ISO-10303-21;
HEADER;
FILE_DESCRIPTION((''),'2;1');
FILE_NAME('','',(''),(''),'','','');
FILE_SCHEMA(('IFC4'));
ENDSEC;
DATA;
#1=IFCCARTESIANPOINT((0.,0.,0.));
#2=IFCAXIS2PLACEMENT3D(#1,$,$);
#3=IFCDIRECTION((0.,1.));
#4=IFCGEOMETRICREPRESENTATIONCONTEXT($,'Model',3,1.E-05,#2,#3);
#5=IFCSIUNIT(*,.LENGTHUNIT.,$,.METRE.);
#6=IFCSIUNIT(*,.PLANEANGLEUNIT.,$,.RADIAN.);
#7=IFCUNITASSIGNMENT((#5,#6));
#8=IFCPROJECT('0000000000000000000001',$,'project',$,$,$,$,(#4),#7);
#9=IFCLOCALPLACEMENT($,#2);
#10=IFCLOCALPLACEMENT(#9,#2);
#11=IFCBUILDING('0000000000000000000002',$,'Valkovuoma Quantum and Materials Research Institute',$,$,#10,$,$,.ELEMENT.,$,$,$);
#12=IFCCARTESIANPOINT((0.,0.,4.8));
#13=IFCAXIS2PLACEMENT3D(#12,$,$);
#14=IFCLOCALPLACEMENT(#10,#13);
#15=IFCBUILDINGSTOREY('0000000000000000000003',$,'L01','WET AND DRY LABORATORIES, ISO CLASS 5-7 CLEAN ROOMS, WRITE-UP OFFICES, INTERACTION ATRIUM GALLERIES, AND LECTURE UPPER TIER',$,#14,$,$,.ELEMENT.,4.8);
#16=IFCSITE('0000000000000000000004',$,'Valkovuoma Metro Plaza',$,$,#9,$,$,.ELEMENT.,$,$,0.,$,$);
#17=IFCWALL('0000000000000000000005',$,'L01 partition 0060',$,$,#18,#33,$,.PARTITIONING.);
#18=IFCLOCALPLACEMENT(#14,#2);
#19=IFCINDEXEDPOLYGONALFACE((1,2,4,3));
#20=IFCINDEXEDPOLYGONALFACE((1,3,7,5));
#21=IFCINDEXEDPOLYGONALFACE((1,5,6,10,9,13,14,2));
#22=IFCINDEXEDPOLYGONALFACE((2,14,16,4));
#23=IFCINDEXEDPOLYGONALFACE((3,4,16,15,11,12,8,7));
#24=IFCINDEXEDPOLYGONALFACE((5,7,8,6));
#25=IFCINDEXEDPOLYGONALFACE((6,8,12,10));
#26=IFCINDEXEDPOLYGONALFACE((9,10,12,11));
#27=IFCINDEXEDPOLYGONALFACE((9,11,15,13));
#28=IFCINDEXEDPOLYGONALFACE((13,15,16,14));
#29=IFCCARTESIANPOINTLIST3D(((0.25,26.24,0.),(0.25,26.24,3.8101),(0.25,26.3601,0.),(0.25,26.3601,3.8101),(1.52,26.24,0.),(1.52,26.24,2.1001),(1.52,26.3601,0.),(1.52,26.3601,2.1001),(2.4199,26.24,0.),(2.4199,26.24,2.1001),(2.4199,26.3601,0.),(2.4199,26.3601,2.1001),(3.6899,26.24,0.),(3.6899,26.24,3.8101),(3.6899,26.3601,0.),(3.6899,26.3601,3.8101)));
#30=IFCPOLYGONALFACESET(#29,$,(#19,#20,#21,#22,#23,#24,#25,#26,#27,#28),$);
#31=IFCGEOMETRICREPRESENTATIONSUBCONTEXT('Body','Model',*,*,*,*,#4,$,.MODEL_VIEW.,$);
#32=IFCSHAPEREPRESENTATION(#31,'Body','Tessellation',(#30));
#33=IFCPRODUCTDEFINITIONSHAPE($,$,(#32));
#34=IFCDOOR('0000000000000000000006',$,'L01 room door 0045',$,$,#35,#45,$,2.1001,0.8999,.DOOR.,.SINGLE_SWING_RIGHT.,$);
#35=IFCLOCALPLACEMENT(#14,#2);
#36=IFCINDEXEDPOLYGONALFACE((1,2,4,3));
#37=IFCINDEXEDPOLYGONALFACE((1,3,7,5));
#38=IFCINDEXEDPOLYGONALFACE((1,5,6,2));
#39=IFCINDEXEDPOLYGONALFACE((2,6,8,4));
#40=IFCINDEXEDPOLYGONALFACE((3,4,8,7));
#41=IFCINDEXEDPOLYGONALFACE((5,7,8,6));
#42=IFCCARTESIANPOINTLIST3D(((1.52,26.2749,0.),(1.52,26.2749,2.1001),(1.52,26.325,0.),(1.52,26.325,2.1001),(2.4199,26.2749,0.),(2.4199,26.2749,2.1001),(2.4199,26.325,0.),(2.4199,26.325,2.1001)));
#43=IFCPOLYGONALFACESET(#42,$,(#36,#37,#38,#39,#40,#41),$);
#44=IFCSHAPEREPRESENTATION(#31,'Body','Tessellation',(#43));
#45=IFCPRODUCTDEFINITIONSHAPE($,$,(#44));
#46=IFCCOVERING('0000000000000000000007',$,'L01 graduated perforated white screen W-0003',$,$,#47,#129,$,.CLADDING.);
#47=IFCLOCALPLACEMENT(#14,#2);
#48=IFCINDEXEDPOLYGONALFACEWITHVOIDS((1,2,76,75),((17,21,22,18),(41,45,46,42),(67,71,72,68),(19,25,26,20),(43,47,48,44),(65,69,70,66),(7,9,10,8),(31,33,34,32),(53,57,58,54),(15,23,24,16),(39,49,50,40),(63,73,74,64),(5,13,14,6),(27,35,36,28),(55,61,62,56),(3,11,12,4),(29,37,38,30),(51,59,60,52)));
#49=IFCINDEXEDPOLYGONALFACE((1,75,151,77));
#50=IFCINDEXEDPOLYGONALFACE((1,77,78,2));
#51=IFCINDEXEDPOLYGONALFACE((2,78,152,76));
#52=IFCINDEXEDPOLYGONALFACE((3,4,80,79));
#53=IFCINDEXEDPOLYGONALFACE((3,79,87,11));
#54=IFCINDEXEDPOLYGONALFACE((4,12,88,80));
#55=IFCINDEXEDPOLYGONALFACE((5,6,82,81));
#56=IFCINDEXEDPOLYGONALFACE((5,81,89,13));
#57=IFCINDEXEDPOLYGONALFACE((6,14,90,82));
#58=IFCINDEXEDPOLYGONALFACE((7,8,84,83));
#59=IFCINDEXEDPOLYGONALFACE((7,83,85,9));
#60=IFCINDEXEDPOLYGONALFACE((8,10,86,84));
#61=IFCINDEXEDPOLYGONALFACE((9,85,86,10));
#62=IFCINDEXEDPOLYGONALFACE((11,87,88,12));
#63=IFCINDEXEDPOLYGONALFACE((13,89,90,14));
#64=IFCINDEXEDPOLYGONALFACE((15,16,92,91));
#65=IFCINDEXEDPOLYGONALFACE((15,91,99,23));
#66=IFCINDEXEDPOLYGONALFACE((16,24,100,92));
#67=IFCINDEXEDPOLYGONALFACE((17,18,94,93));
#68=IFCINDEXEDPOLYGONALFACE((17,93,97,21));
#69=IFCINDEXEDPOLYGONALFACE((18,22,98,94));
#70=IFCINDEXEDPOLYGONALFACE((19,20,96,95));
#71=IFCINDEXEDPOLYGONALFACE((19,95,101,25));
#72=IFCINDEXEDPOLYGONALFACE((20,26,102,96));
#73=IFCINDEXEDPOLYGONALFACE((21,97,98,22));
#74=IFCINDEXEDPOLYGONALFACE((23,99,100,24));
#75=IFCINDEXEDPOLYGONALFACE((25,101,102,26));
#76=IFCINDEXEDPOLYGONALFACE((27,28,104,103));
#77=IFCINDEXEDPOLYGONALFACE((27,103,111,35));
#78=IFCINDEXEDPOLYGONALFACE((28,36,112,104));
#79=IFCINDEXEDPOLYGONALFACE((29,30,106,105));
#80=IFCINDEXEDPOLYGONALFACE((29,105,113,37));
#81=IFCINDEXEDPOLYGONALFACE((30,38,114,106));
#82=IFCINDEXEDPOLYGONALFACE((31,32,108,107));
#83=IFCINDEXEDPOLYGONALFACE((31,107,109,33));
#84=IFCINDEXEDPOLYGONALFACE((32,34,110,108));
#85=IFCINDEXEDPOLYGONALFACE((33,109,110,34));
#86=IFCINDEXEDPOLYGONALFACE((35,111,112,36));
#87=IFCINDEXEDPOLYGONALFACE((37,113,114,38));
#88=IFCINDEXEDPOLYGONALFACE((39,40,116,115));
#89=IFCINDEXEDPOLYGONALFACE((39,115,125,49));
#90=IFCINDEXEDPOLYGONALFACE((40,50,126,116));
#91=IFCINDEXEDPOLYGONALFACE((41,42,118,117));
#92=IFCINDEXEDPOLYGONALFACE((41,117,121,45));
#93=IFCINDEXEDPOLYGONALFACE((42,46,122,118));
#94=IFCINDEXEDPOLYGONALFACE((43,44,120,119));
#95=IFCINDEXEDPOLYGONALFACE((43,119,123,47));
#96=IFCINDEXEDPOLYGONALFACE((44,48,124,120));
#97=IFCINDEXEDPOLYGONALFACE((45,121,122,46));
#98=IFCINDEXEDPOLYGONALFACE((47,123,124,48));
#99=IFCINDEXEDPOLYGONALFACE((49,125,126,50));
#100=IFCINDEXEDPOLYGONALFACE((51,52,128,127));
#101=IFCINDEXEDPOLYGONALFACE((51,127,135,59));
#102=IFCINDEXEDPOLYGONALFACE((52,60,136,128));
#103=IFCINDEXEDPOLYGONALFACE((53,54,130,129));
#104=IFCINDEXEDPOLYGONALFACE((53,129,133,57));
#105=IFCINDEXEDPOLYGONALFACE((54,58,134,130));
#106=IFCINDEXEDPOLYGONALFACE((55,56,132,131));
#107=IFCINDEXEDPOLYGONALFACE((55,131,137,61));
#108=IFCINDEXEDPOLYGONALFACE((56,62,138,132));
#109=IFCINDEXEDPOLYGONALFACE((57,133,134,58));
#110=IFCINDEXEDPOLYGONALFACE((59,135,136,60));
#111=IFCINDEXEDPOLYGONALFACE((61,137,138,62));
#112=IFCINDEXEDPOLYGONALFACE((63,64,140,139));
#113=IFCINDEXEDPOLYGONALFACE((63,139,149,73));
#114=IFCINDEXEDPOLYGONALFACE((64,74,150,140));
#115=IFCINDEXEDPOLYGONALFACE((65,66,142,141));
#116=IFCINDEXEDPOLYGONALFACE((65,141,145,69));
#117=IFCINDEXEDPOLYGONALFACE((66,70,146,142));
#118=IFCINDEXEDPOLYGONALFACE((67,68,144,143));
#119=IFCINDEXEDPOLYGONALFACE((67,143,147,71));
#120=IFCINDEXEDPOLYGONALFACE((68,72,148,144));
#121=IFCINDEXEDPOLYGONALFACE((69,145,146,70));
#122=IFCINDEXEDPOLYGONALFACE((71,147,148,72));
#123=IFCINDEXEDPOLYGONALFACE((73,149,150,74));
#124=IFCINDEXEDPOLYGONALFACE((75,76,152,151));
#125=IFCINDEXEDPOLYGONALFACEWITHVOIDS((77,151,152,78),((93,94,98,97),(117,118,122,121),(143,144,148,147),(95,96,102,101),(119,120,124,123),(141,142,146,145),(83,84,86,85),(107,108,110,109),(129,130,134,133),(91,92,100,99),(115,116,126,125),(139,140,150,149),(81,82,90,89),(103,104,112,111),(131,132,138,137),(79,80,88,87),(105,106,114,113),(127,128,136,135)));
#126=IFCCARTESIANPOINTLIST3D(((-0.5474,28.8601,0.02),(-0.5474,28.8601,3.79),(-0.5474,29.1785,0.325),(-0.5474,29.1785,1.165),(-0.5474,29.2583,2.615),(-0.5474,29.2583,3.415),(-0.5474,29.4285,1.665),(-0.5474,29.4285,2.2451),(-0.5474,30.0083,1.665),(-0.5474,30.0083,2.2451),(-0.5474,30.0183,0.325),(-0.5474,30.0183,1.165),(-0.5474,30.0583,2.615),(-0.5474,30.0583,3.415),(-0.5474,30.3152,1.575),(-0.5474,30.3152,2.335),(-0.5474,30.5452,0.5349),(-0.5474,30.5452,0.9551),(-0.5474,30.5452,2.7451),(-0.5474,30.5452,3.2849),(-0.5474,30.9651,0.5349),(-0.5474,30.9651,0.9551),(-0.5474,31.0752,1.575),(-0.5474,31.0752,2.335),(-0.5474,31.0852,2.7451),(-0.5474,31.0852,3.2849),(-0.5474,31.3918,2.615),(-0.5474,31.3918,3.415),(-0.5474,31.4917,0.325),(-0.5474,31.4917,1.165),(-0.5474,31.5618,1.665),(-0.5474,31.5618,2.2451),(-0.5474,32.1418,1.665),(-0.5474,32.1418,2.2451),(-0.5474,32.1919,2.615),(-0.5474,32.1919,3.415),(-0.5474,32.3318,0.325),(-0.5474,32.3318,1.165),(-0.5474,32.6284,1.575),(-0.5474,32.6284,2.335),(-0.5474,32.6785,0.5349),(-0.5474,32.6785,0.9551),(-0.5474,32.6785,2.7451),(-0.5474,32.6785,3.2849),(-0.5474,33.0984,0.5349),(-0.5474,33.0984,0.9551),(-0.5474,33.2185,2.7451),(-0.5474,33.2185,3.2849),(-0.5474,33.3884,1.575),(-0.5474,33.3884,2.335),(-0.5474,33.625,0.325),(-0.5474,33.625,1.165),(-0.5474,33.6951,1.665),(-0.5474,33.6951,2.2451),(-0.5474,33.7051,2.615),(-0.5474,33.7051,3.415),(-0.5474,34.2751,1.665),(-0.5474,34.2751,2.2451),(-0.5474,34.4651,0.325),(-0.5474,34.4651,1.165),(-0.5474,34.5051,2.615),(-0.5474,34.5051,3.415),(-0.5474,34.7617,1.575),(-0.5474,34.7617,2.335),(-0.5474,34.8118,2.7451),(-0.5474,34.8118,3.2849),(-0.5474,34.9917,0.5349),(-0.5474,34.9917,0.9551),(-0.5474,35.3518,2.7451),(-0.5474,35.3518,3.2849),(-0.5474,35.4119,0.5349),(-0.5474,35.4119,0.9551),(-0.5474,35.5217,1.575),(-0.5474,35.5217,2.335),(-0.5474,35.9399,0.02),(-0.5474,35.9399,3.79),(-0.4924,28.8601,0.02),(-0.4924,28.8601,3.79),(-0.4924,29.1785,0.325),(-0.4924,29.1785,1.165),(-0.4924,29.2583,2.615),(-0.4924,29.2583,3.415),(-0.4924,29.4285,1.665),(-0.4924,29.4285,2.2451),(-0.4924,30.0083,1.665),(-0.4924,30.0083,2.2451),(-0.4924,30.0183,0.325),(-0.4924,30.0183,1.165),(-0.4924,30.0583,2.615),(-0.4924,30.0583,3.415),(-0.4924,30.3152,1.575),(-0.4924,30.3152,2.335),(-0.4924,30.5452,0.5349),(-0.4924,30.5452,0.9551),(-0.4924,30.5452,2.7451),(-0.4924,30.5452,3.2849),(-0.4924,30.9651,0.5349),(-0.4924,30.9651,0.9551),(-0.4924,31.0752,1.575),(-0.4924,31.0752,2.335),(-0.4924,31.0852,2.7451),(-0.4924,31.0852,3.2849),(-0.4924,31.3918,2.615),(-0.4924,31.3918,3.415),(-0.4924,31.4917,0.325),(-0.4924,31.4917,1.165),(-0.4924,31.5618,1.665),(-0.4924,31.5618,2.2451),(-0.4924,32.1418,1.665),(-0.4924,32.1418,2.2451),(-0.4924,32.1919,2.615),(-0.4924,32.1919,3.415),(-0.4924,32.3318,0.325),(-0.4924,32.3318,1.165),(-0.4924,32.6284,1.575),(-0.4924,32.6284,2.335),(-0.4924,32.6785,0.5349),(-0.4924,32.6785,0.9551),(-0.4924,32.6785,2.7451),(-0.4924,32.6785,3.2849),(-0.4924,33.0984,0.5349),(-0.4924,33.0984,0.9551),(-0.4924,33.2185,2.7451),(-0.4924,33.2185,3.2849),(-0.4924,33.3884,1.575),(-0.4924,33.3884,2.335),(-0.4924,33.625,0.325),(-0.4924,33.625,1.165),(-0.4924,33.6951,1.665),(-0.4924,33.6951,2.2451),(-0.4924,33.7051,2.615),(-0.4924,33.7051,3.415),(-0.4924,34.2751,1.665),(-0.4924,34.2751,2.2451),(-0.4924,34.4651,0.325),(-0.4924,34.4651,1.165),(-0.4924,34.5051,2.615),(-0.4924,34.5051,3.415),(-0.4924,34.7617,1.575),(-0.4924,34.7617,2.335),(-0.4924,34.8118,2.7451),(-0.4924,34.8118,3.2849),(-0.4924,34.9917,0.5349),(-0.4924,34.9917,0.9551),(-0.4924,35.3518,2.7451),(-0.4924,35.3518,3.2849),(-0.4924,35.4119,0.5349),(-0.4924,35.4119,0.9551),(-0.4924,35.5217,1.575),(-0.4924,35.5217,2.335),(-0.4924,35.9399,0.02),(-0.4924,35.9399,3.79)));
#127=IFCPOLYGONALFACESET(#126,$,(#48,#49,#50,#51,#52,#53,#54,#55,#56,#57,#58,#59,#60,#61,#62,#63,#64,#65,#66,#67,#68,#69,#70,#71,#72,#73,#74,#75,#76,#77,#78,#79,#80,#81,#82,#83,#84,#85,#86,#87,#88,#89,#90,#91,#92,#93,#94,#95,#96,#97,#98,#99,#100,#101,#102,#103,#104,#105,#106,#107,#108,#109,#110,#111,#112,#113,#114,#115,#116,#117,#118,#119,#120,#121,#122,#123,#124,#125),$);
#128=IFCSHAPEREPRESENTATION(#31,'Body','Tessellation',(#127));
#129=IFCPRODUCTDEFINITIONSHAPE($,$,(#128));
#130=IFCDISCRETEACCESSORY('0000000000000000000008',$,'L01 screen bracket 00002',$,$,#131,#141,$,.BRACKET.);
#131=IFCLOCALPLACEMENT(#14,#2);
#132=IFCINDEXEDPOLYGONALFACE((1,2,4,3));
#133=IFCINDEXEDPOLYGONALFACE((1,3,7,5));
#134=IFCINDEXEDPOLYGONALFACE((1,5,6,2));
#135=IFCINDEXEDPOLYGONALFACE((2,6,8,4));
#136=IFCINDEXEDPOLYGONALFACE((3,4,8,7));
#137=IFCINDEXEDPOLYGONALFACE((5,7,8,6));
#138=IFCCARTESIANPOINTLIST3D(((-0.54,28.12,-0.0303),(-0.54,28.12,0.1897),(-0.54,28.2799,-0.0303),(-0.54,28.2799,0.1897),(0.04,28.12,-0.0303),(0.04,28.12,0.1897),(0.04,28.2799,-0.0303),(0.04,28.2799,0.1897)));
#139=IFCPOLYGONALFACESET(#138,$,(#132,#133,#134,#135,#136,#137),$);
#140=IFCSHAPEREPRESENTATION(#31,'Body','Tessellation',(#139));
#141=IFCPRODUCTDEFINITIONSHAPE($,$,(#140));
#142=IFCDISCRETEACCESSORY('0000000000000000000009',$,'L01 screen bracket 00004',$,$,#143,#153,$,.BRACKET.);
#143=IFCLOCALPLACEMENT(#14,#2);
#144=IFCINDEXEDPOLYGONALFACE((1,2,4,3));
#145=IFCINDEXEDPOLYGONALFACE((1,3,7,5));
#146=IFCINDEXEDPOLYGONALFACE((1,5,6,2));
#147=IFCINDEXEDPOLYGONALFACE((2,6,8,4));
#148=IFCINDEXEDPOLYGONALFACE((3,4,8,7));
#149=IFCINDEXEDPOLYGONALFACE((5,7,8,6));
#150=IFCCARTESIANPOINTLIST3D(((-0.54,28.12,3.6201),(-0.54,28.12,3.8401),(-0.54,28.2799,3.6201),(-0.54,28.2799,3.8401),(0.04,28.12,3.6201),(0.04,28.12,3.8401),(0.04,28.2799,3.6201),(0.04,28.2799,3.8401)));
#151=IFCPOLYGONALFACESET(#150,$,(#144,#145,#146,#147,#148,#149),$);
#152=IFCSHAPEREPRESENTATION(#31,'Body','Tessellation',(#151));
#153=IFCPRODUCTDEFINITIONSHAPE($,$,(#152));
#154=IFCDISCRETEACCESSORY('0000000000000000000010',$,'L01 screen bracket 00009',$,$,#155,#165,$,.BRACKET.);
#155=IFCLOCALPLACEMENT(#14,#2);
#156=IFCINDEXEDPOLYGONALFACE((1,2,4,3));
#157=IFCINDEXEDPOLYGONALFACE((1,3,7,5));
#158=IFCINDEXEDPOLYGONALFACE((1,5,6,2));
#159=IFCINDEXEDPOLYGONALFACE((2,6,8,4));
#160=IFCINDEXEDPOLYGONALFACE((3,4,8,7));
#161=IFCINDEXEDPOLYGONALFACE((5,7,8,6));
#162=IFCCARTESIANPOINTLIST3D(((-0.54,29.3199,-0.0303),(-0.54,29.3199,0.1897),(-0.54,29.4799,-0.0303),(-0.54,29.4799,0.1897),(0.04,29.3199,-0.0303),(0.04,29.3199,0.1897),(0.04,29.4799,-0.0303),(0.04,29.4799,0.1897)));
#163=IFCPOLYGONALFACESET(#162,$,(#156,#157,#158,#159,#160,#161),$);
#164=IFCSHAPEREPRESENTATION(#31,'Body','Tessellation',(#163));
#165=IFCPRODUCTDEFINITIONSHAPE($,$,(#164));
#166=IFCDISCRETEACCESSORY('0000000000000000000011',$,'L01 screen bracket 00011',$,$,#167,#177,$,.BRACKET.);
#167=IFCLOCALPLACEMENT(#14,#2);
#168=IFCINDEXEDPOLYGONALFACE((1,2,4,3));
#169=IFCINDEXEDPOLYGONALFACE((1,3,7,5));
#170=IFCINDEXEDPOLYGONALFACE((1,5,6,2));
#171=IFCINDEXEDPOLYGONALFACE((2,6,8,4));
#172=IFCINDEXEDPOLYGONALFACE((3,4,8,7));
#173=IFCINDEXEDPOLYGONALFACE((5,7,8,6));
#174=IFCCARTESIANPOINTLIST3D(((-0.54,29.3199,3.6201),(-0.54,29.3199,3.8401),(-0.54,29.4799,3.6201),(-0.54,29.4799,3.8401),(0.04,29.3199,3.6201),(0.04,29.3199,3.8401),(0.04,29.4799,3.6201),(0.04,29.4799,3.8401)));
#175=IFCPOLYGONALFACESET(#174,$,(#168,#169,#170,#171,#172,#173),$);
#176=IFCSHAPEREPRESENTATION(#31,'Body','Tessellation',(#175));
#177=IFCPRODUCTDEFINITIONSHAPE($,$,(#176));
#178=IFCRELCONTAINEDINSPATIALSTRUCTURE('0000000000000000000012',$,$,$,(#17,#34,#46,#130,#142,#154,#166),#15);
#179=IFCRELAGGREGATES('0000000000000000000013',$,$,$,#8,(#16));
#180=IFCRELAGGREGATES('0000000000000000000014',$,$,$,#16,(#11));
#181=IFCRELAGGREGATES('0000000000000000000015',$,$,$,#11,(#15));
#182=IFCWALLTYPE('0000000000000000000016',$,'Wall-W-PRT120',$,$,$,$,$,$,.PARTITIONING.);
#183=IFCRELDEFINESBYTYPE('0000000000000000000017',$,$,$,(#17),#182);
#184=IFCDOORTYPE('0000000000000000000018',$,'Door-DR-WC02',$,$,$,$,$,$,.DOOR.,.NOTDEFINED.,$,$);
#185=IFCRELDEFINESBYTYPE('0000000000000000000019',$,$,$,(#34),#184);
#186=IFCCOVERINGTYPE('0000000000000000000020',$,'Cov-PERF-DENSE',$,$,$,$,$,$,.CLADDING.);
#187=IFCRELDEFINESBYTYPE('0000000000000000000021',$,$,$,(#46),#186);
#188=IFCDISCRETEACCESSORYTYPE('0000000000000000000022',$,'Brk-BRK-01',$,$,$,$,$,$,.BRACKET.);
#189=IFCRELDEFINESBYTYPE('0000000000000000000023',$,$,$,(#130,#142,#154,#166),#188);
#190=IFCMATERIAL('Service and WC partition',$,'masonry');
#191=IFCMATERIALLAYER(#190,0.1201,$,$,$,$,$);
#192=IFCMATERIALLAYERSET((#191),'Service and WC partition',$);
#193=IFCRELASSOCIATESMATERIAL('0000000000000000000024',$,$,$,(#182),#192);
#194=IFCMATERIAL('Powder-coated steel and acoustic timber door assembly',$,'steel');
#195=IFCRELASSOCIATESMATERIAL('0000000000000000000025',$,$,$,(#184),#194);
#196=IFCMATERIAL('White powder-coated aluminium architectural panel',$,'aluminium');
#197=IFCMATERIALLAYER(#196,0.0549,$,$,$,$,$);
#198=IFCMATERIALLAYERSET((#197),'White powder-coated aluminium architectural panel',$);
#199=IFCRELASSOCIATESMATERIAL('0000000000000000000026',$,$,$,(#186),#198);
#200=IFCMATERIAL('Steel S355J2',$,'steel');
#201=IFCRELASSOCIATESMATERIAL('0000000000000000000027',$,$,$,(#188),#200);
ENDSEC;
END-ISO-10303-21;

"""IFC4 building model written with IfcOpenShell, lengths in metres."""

from ifc_helpers import new_model, si_unit, direction, frame, frame_2d, origin, origin_2d, place, context, subcontext, project, spatial, polyline, rectangle, outline, extrude, material, layer, layer_set, type_object, element, fill, save


model = new_model("IFC4")

# Units and contexts
model_context = context("Model", 3, precision=1e-05, world=origin(), true_north=direction((0.0, 1.0)))
body_context = subcontext(model_context, "Body", "Model", "MODEL_VIEW")
ifc_project = project(units=[si_unit("LENGTHUNIT", "METRE"), si_unit("PLANEANGLEUNIT", "RADIAN")], contexts=[model_context])

# Site, building, storey
site_placement = place(None, origin())
site = spatial("IfcSite", under=ifc_project, at=site_placement, Name="Valkovuoma Metro Plaza", CompositionType="ELEMENT", RefElevation=0.0)
building_placement = place(site_placement, origin())
building = spatial("IfcBuilding", under=site, at=building_placement, Name="Valkovuoma Quantum and Materials Research Institute", CompositionType="ELEMENT")
storey_placement = place(building_placement, frame((0.0, 0.0, 4.8)))
storey = spatial("IfcBuildingStorey", under=building, at=storey_placement, Name="L01", Description="WET AND DRY LABORATORIES, ISO CLASS 5-7 CLEAN ROOMS, WRITE-UP OFFICES, INTERACTION ATRIUM GALLERIES, AND LECTURE UPPER TIER", CompositionType="ELEMENT", Elevation=4.8)

# Shared definitions
ifc_material_1 = material(Name="Service and WC partition", Category="masonry")
ifc_layer_1 = layer(ifc_material_1, 0.1201)
ifc_layer_set_1 = layer_set([ifc_layer_1], Name="Service and WC partition")
wall_type_1 = type_object("IfcWallType", Name="Wall-W-PRT120", PredefinedType="PARTITIONING", material=ifc_layer_set_1)

# Wall, opening, door
wall_1_placement = place(storey_placement, frame((0.25, 26.3, 0.0), z_axis=(0.0, 0.0, 1.0), x_axis=(1.0, 0.0, 0.0)))
wall_1 = element("IfcWall", 1, at=wall_1_placement, inside=storey, type_object=wall_type_1, Name="L01 partition 0060", PredefinedType="PARTITIONING", context=body_context, shape_type="SweptSolid", body=[
    extrude(rectangle(XDim=3.4399, YDim=0.1201, at=frame_2d((1.72, 0.0))), origin(), (0.0, 0.0, 1.0), 3.8101),
])
opening_1_placement = place(wall_1_placement, frame((1.27, 0.0, 0.0)))
opening_1 = element("IfcOpeningElement", 2, at=opening_1_placement, cuts=wall_1, PredefinedType="OPENING", context=body_context, shape_type="SweptSolid", body=[
    extrude(rectangle(XDim=0.8999, YDim=2.1001, at=frame_2d((0.45, 1.05))), frame((0.0, 0.0701, 0.0), z_axis=(0.0, -1.0, 0.0), x_axis=(1.0, 0.0, 0.0)), (0.0, 0.0, 1.0), 0.1401),
])
ifc_material_2 = material(Name="Powder-coated steel and acoustic timber door assembly", Category="steel")
door_type_1 = type_object("IfcDoorType", Name="Door-DR-WC02", OperationType="NOTDEFINED", PredefinedType="DOOR", material=ifc_material_2)
door_1_placement = place(opening_1_placement, origin())
door_1 = element("IfcDoor", 3, at=door_1_placement, inside=storey, type_object=door_type_1, Name="L01 room door 0045", OperationType="SINGLE_SWING_RIGHT", OverallHeight=2.1001, OverallWidth=0.8999, PredefinedType="DOOR", context=body_context, shape_type="SweptSolid", body=[
    extrude(rectangle(XDim=0.8999, YDim=2.1001, at=frame_2d((0.45, 1.05))), frame((0.0, 0.0249, 0.0), z_axis=(0.0, -1.0, 0.0), x_axis=(1.0, 0.0, 0.0)), (0.0, 0.0, 1.0), 0.05),
])
fill(opening_1, door_1)

# Covering
ifc_material_3 = material(Name="White powder-coated aluminium architectural panel", Category="aluminium")
ifc_layer_2 = layer(ifc_material_3, 0.0549)
ifc_layer_set_2 = layer_set([ifc_layer_2], Name="White powder-coated aluminium architectural panel")
covering_type = type_object("IfcCoveringType", Name="Cov-PERF-DENSE", PredefinedType="CLADDING", material=ifc_layer_set_2)
covering_placement = place(storey_placement, frame((-0.52, 28.8601, 0.02), z_axis=(0.0, 0.0, 1.0), x_axis=(0.0, 1.0, 0.0)))
element("IfcCovering", 4, at=covering_placement, inside=storey, type_object=covering_type, Name="L01 graduated perforated white screen W-0003", PredefinedType="CLADDING", context=body_context, shape_type="SweptSolid", body=[
    extrude(outline(polyline([(0.0, 0.0), (7.0798, 0.0), (7.0798, 3.77), (0.0, 3.77), (0.0, 0.0)]), holes=[polyline([(0.3184, 0.3049), (0.3184, 1.145), (1.1582, 1.145), (1.1582, 0.3049), (0.3184, 0.3049)]), polyline([(0.5684, 1.645), (0.5684, 2.2251), (1.1482, 2.2251), (1.1482, 1.645), (0.5684, 1.645)]), polyline([(0.3982, 2.595), (0.3982, 3.395), (1.1982, 3.395), (1.1982, 2.595), (0.3982, 2.595)]), polyline([(1.6851, 0.5149), (1.6851, 0.9351), (2.105, 0.9351), (2.105, 0.5149), (1.6851, 0.5149)]), polyline([(1.4551, 1.5549), (1.4551, 2.3149), (2.2151, 2.3149), (2.2151, 1.5549), (1.4551, 1.5549)]), polyline([(1.6851, 2.7251), (1.6851, 3.2649), (2.2251, 3.2649), (2.2251, 2.7251), (1.6851, 2.7251)]), polyline([(2.6316, 0.3049), (2.6316, 1.145), (3.4717, 1.145), (3.4717, 0.3049), (2.6316, 0.3049)]), polyline([(2.7017, 1.645), (2.7017, 2.2251), (3.2817, 2.2251), (3.2817, 1.645), (2.7017, 1.645)]), polyline([(2.5317, 2.595), (2.5317, 3.395), (3.3318, 3.395), (3.3318, 2.595), (2.5317, 2.595)]), polyline([(3.8184, 0.5149), (3.8184, 0.9351), (4.2383, 0.9351), (4.2383, 0.5149), (3.8184, 0.5149)]), polyline([(3.7683, 1.5549), (3.7683, 2.3149), (4.5283, 2.3149), (4.5283, 1.5549), (3.7683, 1.5549)]), polyline([(3.8184, 2.7251), (3.8184, 3.2649), (4.3584, 3.2649), (4.3584, 2.7251), (3.8184, 2.7251)]), polyline([(4.7649, 0.3049), (4.7649, 1.145), (5.605, 1.145), (5.605, 0.3049), (4.7649, 0.3049)]), polyline([(4.835, 1.645), (4.835, 2.2251), (5.415, 2.2251), (5.415, 1.645), (4.835, 1.645)]), polyline([(4.845, 2.595), (4.845, 3.395), (5.645, 3.395), (5.645, 2.595), (4.845, 2.595)]), polyline([(6.1316, 0.5149), (6.1316, 0.9351), (6.5518, 0.9351), (6.5518, 0.5149), (6.1316, 0.5149)]), polyline([(5.9016, 1.5549), (5.9016, 2.3149), (6.6616, 2.3149), (6.6616, 1.5549), (5.9016, 1.5549)]), polyline([(5.9517, 2.7251), (5.9517, 3.2649), (6.4917, 3.2649), (6.4917, 2.7251), (5.9517, 2.7251)])]), frame((0.0, 0.0273, 0.0), z_axis=(0.0, -1.0, 0.0), x_axis=(1.0, 0.0, 0.0)), (0.0, 0.0, 1.0), 0.0549),
])

# Discrete accessories
ifc_material_4 = material(Name="Steel S355J2", Category="steel")
discrete_accessory_type = type_object("IfcDiscreteAccessoryType", Name="Brk-BRK-01", PredefinedType="BRACKET", material=ifc_material_4)
for number, where, z_axis, x_axis, name in (
    (5, (-0.25, 28.2, -0.0303), (0.0, 0.0, 1.0), (1.0, 0.0, 0.0), "L01 screen bracket 00002"),
    (6, (-0.25, 28.2, 3.6201), (0.0, 0.0, 1.0), (1.0, 0.0, 0.0), "L01 screen bracket 00004"),
    (7, (-0.25, 29.3999, -0.0303), (0.0, 0.0, 1.0), (1.0, 0.0, 0.0), "L01 screen bracket 00009"),
    (8, (-0.25, 29.3999, 3.6201), (0.0, 0.0, 1.0), (1.0, 0.0, 0.0), "L01 screen bracket 00011"),
):
    element("IfcDiscreteAccessory", number, at=place(storey_placement, frame(where, z_axis=z_axis, x_axis=x_axis)), inside=storey, type_object=discrete_accessory_type, Name=name, PredefinedType="BRACKET", context=body_context, shape_type="SweptSolid", body=[
        extrude(rectangle(XDim=0.5801, YDim=0.1599, at=origin_2d()), origin(), (0.0, 0.0, 1.0), 0.22),
    ])

save(model, "model.ifc")
